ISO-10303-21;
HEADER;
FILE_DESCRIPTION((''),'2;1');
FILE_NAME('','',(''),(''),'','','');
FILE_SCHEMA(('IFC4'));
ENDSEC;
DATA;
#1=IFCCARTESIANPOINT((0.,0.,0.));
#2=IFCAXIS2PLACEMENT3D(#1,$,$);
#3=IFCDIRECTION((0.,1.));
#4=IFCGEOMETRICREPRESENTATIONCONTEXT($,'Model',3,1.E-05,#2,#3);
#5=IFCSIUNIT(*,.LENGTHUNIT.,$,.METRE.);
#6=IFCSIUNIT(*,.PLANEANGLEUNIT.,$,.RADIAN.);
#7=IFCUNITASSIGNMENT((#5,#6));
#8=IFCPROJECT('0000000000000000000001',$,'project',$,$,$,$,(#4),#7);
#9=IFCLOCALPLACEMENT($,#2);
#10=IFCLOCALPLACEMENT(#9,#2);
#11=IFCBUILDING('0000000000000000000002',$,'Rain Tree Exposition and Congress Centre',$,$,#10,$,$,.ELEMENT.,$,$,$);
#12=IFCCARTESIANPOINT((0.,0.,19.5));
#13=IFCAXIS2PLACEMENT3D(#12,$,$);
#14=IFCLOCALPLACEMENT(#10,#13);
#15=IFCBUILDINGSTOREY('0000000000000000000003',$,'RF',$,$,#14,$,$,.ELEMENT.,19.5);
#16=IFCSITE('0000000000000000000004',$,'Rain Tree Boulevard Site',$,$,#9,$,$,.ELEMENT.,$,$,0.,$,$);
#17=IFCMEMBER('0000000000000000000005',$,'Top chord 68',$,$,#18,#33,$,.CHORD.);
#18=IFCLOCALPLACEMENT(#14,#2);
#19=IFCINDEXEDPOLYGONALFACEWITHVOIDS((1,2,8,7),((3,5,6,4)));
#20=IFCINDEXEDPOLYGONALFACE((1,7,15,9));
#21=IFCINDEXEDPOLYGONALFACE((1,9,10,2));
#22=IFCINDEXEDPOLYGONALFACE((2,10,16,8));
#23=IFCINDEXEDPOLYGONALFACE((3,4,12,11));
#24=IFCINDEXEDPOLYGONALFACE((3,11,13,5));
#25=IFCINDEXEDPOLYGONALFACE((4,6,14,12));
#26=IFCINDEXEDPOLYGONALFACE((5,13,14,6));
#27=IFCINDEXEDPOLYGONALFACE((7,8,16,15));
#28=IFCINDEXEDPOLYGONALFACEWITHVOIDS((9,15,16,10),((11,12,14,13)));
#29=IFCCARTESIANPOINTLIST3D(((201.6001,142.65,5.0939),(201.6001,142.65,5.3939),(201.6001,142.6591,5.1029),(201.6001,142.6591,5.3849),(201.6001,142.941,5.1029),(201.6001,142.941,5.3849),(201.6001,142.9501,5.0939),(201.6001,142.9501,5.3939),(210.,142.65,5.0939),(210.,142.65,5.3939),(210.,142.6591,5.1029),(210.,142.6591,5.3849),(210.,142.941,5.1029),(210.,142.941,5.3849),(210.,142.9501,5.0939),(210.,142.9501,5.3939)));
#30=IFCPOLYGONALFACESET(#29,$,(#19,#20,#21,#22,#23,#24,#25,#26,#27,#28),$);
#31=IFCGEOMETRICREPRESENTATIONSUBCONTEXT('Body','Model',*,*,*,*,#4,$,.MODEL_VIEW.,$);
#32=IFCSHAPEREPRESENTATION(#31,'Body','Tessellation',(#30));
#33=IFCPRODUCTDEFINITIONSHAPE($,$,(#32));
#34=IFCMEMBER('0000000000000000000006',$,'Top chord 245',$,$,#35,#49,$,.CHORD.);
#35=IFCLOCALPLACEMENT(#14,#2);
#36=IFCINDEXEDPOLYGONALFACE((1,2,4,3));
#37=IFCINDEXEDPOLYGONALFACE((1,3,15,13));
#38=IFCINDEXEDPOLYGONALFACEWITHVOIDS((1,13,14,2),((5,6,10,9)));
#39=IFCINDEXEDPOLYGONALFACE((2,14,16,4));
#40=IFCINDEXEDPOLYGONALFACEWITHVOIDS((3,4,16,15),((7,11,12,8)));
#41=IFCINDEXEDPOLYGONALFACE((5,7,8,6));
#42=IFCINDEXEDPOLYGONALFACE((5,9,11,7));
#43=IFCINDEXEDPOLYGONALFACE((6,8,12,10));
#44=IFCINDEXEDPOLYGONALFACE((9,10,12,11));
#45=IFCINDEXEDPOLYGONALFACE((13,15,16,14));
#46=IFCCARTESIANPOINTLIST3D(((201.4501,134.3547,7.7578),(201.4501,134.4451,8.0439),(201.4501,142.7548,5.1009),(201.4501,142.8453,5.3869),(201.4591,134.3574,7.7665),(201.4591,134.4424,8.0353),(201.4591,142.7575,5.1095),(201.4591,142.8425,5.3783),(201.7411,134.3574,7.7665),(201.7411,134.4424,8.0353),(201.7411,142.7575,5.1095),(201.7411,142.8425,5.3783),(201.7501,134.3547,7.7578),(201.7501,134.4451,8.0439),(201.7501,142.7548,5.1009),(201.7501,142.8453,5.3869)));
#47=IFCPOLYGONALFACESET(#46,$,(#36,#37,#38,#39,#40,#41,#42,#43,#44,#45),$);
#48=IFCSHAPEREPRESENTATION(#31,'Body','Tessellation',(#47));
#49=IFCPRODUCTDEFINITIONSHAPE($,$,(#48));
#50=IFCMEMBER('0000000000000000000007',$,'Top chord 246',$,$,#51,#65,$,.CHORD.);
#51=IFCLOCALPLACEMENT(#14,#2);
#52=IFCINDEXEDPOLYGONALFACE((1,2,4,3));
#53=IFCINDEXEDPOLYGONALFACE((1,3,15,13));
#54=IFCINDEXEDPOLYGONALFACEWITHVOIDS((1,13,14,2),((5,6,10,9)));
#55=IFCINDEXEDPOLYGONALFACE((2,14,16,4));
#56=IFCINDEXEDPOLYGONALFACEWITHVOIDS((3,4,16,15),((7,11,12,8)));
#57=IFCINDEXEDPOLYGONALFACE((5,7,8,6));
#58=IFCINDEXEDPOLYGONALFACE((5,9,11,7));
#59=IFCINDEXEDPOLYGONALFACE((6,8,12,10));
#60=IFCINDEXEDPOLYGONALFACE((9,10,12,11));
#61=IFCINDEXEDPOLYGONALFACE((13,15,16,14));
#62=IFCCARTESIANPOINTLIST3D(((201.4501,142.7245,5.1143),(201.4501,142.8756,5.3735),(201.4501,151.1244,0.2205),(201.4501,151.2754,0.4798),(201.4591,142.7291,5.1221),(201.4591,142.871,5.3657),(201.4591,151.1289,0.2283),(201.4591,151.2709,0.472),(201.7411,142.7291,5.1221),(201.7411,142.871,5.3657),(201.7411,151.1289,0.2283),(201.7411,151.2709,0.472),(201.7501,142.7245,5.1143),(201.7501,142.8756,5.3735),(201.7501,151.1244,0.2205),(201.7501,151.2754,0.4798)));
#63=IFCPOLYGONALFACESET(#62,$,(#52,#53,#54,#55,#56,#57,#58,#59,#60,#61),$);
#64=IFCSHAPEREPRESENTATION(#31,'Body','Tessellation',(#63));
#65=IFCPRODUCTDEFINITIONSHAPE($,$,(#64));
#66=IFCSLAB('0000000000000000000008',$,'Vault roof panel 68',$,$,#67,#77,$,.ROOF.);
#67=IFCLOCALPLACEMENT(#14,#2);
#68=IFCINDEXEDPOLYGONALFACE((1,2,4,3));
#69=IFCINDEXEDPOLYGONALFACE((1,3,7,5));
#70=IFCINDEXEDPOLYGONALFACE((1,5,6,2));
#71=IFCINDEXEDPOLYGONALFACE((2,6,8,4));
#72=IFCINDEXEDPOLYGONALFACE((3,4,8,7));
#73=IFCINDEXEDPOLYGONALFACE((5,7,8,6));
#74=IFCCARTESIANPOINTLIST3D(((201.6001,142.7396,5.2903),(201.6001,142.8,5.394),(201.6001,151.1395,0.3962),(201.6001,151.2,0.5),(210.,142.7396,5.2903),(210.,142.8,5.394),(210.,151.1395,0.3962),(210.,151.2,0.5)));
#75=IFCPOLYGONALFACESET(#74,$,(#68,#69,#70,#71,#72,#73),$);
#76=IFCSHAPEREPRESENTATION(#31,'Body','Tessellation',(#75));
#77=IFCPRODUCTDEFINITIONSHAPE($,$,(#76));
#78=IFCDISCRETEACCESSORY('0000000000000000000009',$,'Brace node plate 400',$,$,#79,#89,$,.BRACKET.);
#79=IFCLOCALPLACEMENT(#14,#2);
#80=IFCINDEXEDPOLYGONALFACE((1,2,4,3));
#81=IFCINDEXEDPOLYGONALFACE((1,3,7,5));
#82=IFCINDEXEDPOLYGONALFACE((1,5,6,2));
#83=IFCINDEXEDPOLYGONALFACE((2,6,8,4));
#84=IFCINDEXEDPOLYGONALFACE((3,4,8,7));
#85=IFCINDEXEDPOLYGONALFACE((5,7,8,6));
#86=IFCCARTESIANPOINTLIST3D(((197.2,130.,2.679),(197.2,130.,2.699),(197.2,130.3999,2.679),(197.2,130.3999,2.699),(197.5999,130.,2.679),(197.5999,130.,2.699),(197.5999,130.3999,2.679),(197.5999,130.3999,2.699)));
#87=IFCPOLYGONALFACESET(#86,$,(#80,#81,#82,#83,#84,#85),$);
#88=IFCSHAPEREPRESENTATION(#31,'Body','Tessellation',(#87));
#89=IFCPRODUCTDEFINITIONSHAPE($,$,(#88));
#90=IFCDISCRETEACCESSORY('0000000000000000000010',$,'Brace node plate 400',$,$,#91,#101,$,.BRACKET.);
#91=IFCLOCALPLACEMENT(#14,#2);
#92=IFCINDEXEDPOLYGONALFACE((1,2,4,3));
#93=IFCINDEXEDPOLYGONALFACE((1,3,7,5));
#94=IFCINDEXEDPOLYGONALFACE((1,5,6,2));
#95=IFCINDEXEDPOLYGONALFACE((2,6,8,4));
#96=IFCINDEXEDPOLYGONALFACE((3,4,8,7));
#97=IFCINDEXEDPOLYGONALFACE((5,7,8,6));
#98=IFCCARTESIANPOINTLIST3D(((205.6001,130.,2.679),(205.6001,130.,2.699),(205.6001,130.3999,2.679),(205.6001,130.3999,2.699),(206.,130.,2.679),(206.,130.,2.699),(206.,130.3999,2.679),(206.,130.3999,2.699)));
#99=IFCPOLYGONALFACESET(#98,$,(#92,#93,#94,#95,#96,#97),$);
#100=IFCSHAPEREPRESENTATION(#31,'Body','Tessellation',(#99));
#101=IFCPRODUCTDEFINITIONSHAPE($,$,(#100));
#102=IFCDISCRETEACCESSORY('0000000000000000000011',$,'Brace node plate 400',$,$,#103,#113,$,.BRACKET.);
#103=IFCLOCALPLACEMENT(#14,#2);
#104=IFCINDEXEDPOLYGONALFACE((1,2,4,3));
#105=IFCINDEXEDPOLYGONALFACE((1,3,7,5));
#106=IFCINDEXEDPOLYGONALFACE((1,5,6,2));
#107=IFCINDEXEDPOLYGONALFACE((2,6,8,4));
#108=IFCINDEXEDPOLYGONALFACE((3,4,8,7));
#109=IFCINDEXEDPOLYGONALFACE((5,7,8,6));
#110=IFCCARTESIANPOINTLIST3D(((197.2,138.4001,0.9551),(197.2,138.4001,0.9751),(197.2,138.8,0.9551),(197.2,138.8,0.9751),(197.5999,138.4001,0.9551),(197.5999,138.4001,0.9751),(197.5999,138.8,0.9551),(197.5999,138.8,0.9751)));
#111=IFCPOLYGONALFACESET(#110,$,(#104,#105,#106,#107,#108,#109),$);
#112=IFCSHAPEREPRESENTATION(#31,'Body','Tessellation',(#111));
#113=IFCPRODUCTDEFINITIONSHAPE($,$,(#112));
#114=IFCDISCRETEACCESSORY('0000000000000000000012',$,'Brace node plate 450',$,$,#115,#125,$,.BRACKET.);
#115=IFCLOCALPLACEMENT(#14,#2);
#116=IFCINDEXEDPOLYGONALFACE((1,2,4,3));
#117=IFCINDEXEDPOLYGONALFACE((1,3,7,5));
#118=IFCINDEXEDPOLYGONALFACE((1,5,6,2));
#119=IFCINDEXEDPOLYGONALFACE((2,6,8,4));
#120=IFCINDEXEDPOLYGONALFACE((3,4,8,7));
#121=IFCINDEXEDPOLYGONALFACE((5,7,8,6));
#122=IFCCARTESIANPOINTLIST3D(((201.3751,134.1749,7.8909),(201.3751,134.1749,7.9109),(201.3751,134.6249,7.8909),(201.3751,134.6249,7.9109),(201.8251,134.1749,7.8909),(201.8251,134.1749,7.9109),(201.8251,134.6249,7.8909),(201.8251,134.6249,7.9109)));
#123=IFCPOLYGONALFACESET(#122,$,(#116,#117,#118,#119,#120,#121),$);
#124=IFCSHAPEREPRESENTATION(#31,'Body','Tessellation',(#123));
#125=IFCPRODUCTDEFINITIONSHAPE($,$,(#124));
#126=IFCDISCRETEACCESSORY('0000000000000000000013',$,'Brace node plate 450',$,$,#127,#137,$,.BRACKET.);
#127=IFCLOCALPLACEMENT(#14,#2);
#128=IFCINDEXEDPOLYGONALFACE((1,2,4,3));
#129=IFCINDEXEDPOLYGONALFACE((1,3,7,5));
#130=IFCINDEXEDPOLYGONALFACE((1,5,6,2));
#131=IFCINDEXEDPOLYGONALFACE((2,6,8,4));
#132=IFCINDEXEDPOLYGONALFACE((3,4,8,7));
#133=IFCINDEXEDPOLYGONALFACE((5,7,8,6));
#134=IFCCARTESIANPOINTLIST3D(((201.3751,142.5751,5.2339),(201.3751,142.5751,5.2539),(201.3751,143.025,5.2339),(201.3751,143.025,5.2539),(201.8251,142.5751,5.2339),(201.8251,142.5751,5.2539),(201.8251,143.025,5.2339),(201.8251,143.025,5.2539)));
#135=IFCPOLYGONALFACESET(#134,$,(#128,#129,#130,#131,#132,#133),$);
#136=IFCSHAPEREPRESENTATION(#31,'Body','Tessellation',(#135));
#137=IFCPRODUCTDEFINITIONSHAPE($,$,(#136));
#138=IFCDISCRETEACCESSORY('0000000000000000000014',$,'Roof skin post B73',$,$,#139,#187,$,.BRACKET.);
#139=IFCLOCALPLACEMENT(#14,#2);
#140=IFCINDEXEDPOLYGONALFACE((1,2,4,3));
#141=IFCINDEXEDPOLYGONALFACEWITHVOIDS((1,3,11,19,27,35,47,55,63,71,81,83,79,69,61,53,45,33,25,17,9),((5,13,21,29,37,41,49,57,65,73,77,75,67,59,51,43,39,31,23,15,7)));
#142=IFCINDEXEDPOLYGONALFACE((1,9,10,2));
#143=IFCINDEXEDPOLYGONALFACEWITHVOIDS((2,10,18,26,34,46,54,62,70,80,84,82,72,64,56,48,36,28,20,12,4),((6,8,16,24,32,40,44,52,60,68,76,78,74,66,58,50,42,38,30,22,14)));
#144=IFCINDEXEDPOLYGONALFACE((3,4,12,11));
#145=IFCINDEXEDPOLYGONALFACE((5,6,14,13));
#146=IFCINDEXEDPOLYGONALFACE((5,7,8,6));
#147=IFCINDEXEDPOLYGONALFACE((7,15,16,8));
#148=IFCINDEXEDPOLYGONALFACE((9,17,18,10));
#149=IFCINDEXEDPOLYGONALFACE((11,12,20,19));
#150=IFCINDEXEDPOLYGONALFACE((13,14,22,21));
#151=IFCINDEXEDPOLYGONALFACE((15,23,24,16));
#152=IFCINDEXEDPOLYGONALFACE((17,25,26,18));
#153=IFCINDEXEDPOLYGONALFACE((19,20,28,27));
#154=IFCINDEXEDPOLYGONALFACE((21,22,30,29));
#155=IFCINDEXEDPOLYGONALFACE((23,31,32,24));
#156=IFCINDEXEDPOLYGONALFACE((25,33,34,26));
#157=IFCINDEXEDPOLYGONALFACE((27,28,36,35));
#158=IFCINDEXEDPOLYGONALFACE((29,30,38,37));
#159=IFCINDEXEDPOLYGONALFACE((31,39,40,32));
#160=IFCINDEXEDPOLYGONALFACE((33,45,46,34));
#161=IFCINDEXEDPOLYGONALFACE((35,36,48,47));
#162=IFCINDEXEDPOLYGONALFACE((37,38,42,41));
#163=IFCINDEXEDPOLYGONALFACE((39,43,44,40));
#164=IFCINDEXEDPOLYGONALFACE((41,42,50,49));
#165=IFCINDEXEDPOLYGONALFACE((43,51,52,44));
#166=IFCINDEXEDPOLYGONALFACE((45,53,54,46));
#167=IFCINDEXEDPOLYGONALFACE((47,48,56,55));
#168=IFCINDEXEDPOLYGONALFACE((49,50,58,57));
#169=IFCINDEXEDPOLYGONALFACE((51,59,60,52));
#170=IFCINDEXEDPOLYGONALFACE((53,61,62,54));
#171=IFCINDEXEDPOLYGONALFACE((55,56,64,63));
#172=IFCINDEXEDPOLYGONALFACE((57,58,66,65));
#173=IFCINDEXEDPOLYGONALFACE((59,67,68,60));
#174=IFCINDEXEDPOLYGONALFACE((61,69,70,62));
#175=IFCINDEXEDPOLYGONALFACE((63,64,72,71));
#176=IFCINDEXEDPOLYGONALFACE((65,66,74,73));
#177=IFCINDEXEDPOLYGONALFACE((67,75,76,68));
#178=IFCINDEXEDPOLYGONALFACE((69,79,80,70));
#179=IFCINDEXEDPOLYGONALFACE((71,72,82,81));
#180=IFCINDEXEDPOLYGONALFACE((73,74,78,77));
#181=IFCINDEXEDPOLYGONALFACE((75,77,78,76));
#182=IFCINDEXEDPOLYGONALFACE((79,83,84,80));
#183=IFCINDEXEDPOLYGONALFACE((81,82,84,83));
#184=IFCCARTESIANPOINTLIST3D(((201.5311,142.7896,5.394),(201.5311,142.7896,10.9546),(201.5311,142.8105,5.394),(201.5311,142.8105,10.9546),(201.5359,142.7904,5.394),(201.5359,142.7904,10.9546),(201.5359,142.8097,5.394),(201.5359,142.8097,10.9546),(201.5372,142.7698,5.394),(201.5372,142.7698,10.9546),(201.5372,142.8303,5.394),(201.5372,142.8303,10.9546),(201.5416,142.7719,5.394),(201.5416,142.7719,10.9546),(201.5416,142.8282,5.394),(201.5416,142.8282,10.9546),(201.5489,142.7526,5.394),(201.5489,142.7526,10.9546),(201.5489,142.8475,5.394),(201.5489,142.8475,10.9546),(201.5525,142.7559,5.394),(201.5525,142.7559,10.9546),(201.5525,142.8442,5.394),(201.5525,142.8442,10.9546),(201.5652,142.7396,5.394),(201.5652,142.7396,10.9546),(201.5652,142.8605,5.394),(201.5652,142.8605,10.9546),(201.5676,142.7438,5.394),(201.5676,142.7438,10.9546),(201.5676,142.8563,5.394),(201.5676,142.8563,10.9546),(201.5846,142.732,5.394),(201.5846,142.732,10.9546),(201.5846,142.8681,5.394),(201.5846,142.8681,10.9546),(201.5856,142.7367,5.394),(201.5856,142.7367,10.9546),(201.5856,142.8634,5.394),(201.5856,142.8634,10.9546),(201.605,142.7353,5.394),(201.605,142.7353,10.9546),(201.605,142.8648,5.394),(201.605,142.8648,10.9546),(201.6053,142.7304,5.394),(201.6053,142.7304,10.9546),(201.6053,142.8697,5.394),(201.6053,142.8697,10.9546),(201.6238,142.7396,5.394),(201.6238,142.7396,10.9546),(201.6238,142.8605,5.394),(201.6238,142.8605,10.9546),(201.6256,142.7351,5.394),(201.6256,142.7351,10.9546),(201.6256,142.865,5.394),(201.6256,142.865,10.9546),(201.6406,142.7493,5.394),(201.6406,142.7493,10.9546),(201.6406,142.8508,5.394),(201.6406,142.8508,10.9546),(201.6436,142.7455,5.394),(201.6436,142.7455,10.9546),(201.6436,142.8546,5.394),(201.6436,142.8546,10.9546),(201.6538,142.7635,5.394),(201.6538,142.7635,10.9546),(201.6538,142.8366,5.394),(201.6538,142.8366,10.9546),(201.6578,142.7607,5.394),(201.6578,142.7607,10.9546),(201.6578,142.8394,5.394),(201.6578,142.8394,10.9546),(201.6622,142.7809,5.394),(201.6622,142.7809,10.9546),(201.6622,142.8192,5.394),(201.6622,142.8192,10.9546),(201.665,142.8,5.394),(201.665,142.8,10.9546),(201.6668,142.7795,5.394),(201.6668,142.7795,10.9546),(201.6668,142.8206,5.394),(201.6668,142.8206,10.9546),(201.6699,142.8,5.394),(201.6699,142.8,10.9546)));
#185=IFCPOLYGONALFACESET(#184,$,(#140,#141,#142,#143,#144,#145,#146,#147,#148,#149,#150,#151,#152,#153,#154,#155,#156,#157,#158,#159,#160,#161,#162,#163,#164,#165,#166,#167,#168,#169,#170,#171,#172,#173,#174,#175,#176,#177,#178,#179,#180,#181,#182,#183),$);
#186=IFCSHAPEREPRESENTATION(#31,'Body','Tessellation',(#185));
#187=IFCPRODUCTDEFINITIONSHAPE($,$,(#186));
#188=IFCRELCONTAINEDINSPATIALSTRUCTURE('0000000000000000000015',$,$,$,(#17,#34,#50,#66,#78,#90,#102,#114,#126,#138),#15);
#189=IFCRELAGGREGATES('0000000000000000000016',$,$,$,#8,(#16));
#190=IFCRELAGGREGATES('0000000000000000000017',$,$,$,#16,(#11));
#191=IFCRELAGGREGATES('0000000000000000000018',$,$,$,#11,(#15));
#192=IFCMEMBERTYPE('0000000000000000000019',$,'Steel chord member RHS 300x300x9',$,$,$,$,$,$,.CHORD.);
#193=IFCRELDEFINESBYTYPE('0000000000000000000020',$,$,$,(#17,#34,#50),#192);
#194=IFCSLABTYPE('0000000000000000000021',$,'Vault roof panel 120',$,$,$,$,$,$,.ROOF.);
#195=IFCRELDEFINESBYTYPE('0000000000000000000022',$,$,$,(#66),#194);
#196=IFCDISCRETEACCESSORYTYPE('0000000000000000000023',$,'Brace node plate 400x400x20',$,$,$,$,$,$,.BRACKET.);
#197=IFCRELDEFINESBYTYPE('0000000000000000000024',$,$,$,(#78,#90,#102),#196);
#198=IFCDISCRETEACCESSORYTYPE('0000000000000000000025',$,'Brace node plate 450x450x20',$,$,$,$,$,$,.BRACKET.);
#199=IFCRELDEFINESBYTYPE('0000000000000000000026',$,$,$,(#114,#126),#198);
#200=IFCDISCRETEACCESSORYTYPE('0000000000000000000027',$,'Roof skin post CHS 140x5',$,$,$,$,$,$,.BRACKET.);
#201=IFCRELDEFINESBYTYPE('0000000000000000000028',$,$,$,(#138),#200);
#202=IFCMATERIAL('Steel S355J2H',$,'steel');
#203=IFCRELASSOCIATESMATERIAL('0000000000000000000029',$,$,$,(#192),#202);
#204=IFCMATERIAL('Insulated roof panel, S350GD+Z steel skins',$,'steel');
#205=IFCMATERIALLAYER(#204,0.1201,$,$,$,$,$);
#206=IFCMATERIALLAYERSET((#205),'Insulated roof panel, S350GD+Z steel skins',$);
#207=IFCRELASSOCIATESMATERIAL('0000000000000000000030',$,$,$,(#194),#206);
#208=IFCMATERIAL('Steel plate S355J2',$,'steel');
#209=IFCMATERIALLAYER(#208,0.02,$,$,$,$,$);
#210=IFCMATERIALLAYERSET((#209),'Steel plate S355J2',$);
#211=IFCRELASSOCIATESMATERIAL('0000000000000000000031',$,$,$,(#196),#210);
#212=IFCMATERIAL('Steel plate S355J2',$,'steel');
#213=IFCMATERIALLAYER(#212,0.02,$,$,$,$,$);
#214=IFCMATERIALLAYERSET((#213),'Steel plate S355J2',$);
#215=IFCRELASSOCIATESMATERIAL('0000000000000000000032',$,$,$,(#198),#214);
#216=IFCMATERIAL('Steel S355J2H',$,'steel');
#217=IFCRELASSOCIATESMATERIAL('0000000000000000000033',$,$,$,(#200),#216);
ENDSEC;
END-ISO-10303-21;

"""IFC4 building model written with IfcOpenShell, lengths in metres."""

from ifc_helpers import new_model, si_unit, direction, frame, origin, origin_2d, place, context, subcontext, project, spatial, polyline, rectangle, hollow_rectangle, hollow_circle, outline, extrude, material, layer, layer_set, material_profile, profile_set, type_object, element, save


model = new_model("IFC4")

# Units and contexts
model_context = context("Model", 3, precision=1e-05, world=origin(), true_north=direction((0.0, 1.0)))
body_context = subcontext(model_context, "Body", "Model", "MODEL_VIEW")
ifc_project = project(units=[si_unit("LENGTHUNIT", "METRE"), si_unit("PLANEANGLEUNIT", "RADIAN")], contexts=[model_context])

# Site, building, storey
site_placement = place(None, origin())
site = spatial("IfcSite", under=ifc_project, at=site_placement, Name="Rain Tree Boulevard Site", CompositionType="ELEMENT", RefElevation=0.0)
building_placement = place(site_placement, origin())
building = spatial("IfcBuilding", under=site, at=building_placement, Name="Rain Tree Exposition and Congress Centre", CompositionType="ELEMENT")
storey_placement = place(building_placement, frame((0.0, 0.0, 19.5)))
storey = spatial("IfcBuildingStorey", under=building, at=storey_placement, Name="RF", CompositionType="ELEMENT", Elevation=19.5)

# Members
ifc_material_1 = material(Name="Steel S355J2H", Category="steel")
ifc_material_profile_1 = material_profile(ifc_material_1, hollow_rectangle(XDim=0.3, YDim=0.3, WallThickness=0.009, at=origin_2d()), Name="RHS 300x300x9")
ifc_profile_set_1 = profile_set([ifc_material_profile_1], Name="Steel S355J2H")
member_type_1 = type_object("IfcMemberType", Name="Steel chord member RHS 300x300x9", PredefinedType="CHORD", material=ifc_profile_set_1)
member_1_placement = place(storey_placement, frame((201.6001, 142.8, 5.2439), z_axis=(1.0, 0.0, 0.0), x_axis=(0.0, 1.0, 0.0)))
element("IfcMember", 1, at=member_1_placement, inside=storey, type_object=member_type_1, Name="Top chord 68", PredefinedType="CHORD", context=body_context, shape_type="SweptSolid", body=[
    extrude(hollow_rectangle(XDim=0.3, YDim=0.3, WallThickness=0.009, at=origin_2d()), origin(), (0.0, 0.0, 1.0), 8.3999),
])
member_2_placement = place(storey_placement, frame((201.6001, 134.3999, 7.9009), z_axis=(0.0, 0.953442, -0.301576), x_axis=(-1.0, 0.0, 0.0)))
element("IfcMember", 2, at=member_2_placement, inside=storey, type_object=member_type_1, Name="Top chord 245", PredefinedType="CHORD", context=body_context, shape_type="SweptSolid", body=[
    extrude(hollow_rectangle(XDim=0.3, YDim=0.3, WallThickness=0.009, at=origin_2d()), origin(), (0.0, 0.0, 1.0), 8.8103),
])
member_3_placement = place(storey_placement, frame((201.6001, 142.8, 5.2439), z_axis=(0.0, 0.864054, -0.503399), x_axis=(-1.0, 0.0, 0.0)))
element("IfcMember", 3, at=member_3_placement, inside=storey, type_object=member_type_1, Name="Top chord 246", PredefinedType="CHORD", context=body_context, shape_type="SweptSolid", body=[
    extrude(hollow_rectangle(XDim=0.3, YDim=0.3, WallThickness=0.009, at=origin_2d()), origin(), (0.0, 0.0, 1.0), 9.7214),
])

# Slab
ifc_material_2 = material(Name="Insulated roof panel, S350GD+Z steel skins", Category="steel")
ifc_layer_1 = layer(ifc_material_2, 0.1201)
ifc_layer_set_1 = layer_set([ifc_layer_1], Name="Insulated roof panel, S350GD+Z steel skins")
slab_type = type_object("IfcSlabType", Name="Vault roof panel 120", PredefinedType="ROOF", material=ifc_layer_set_1)
slab_placement = place(storey_placement, frame((201.6001, 142.8, 5.394), z_axis=(0.0, 0.503418, 0.864043), x_axis=(1.0, 0.0, 0.0)))
element("IfcSlab", 4, at=slab_placement, inside=storey, type_object=slab_type, Name="Vault roof panel 68", PredefinedType="ROOF", context=body_context, shape_type="SweptSolid", body=[
    extrude(outline(polyline([(0.0, 0.0), (8.3999, 0.0), (8.3999, 9.7216), (0.0, 9.7216), (0.0, 0.0)])), origin(), (0.0, 0.0, -1.0), 0.1201),
])

# Discrete accessories
ifc_material_3 = material(Name="Steel plate S355J2", Category="steel")
ifc_layer_2 = layer(ifc_material_3, 0.02)
ifc_layer_set_2 = layer_set([ifc_layer_2], Name="Steel plate S355J2")
discrete_accessory_type_1 = type_object("IfcDiscreteAccessoryType", Name="Brace node plate 400x400x20", PredefinedType="BRACKET", material=ifc_layer_set_2)
for number, where, z_axis, x_axis, name in (
    (5, (197.3999, 130.2, 2.679), (0.0, 0.0, 1.0), (1.0, 0.0, 0.0), "Brace node plate 400"),
    (6, (205.8, 130.2, 2.679), (0.0, 0.0, 1.0), (1.0, 0.0, 0.0), "Brace node plate 400"),
    (7, (197.3999, 138.6001, 0.9551), (0.0, 0.0, 1.0), (1.0, 0.0, 0.0), "Brace node plate 400"),
):
    element("IfcDiscreteAccessory", number, at=place(storey_placement, frame(where, z_axis=z_axis, x_axis=x_axis)), inside=storey, type_object=discrete_accessory_type_1, Name=name, PredefinedType="BRACKET", context=body_context, shape_type="SweptSolid", body=[
        extrude(rectangle(XDim=0.3999, YDim=0.3999, at=origin_2d()), origin(), (0.0, 0.0, 1.0), 0.02),
    ])
ifc_material_4 = material(Name="Steel plate S355J2", Category="steel")
ifc_layer_3 = layer(ifc_material_4, 0.02)
ifc_layer_set_3 = layer_set([ifc_layer_3], Name="Steel plate S355J2")
discrete_accessory_type_2 = type_object("IfcDiscreteAccessoryType", Name="Brace node plate 450x450x20", PredefinedType="BRACKET", material=ifc_layer_set_3)
for number, where, z_axis, x_axis, name in (
    (8, (201.6001, 134.3999, 7.8909), (0.0, 0.0, 1.0), (1.0, 0.0, 0.0), "Brace node plate 450"),
    (9, (201.6001, 142.8, 5.2339), (0.0, 0.0, 1.0), (1.0, 0.0, 0.0), "Brace node plate 450"),
):
    element("IfcDiscreteAccessory", number, at=place(storey_placement, frame(where, z_axis=z_axis, x_axis=x_axis)), inside=storey, type_object=discrete_accessory_type_2, Name=name, PredefinedType="BRACKET", context=body_context, shape_type="SweptSolid", body=[
        extrude(rectangle(XDim=0.45, YDim=0.45, at=origin_2d()), origin(), (0.0, 0.0, 1.0), 0.02),
    ])
ifc_material_5 = material(Name="Steel S355J2H", Category="steel")
ifc_material_profile_2 = material_profile(ifc_material_5, hollow_circle(Radius=0.0698, WallThickness=0.0049, at=origin_2d()), Name="CHS 140x5")
ifc_profile_set_2 = profile_set([ifc_material_profile_2], Name="Steel S355J2H")
discrete_accessory_type_3 = type_object("IfcDiscreteAccessoryType", Name="Roof skin post CHS 140x5", PredefinedType="BRACKET", material=ifc_profile_set_2)
discrete_accessory_placement = place(storey_placement, frame((201.6001, 142.8, 5.394), z_axis=(0.0, 0.0, 1.0), x_axis=(1.0, 0.0, 0.0)))
element("IfcDiscreteAccessory", 10, at=discrete_accessory_placement, inside=storey, type_object=discrete_accessory_type_3, Name="Roof skin post B73", PredefinedType="BRACKET", context=body_context, shape_type="SweptSolid", body=[
    extrude(hollow_circle(Radius=0.0698, WallThickness=0.0049, at=origin_2d()), origin(), (0.0, 0.0, 1.0), 5.5605),
])

save(model, "model.ifc")
